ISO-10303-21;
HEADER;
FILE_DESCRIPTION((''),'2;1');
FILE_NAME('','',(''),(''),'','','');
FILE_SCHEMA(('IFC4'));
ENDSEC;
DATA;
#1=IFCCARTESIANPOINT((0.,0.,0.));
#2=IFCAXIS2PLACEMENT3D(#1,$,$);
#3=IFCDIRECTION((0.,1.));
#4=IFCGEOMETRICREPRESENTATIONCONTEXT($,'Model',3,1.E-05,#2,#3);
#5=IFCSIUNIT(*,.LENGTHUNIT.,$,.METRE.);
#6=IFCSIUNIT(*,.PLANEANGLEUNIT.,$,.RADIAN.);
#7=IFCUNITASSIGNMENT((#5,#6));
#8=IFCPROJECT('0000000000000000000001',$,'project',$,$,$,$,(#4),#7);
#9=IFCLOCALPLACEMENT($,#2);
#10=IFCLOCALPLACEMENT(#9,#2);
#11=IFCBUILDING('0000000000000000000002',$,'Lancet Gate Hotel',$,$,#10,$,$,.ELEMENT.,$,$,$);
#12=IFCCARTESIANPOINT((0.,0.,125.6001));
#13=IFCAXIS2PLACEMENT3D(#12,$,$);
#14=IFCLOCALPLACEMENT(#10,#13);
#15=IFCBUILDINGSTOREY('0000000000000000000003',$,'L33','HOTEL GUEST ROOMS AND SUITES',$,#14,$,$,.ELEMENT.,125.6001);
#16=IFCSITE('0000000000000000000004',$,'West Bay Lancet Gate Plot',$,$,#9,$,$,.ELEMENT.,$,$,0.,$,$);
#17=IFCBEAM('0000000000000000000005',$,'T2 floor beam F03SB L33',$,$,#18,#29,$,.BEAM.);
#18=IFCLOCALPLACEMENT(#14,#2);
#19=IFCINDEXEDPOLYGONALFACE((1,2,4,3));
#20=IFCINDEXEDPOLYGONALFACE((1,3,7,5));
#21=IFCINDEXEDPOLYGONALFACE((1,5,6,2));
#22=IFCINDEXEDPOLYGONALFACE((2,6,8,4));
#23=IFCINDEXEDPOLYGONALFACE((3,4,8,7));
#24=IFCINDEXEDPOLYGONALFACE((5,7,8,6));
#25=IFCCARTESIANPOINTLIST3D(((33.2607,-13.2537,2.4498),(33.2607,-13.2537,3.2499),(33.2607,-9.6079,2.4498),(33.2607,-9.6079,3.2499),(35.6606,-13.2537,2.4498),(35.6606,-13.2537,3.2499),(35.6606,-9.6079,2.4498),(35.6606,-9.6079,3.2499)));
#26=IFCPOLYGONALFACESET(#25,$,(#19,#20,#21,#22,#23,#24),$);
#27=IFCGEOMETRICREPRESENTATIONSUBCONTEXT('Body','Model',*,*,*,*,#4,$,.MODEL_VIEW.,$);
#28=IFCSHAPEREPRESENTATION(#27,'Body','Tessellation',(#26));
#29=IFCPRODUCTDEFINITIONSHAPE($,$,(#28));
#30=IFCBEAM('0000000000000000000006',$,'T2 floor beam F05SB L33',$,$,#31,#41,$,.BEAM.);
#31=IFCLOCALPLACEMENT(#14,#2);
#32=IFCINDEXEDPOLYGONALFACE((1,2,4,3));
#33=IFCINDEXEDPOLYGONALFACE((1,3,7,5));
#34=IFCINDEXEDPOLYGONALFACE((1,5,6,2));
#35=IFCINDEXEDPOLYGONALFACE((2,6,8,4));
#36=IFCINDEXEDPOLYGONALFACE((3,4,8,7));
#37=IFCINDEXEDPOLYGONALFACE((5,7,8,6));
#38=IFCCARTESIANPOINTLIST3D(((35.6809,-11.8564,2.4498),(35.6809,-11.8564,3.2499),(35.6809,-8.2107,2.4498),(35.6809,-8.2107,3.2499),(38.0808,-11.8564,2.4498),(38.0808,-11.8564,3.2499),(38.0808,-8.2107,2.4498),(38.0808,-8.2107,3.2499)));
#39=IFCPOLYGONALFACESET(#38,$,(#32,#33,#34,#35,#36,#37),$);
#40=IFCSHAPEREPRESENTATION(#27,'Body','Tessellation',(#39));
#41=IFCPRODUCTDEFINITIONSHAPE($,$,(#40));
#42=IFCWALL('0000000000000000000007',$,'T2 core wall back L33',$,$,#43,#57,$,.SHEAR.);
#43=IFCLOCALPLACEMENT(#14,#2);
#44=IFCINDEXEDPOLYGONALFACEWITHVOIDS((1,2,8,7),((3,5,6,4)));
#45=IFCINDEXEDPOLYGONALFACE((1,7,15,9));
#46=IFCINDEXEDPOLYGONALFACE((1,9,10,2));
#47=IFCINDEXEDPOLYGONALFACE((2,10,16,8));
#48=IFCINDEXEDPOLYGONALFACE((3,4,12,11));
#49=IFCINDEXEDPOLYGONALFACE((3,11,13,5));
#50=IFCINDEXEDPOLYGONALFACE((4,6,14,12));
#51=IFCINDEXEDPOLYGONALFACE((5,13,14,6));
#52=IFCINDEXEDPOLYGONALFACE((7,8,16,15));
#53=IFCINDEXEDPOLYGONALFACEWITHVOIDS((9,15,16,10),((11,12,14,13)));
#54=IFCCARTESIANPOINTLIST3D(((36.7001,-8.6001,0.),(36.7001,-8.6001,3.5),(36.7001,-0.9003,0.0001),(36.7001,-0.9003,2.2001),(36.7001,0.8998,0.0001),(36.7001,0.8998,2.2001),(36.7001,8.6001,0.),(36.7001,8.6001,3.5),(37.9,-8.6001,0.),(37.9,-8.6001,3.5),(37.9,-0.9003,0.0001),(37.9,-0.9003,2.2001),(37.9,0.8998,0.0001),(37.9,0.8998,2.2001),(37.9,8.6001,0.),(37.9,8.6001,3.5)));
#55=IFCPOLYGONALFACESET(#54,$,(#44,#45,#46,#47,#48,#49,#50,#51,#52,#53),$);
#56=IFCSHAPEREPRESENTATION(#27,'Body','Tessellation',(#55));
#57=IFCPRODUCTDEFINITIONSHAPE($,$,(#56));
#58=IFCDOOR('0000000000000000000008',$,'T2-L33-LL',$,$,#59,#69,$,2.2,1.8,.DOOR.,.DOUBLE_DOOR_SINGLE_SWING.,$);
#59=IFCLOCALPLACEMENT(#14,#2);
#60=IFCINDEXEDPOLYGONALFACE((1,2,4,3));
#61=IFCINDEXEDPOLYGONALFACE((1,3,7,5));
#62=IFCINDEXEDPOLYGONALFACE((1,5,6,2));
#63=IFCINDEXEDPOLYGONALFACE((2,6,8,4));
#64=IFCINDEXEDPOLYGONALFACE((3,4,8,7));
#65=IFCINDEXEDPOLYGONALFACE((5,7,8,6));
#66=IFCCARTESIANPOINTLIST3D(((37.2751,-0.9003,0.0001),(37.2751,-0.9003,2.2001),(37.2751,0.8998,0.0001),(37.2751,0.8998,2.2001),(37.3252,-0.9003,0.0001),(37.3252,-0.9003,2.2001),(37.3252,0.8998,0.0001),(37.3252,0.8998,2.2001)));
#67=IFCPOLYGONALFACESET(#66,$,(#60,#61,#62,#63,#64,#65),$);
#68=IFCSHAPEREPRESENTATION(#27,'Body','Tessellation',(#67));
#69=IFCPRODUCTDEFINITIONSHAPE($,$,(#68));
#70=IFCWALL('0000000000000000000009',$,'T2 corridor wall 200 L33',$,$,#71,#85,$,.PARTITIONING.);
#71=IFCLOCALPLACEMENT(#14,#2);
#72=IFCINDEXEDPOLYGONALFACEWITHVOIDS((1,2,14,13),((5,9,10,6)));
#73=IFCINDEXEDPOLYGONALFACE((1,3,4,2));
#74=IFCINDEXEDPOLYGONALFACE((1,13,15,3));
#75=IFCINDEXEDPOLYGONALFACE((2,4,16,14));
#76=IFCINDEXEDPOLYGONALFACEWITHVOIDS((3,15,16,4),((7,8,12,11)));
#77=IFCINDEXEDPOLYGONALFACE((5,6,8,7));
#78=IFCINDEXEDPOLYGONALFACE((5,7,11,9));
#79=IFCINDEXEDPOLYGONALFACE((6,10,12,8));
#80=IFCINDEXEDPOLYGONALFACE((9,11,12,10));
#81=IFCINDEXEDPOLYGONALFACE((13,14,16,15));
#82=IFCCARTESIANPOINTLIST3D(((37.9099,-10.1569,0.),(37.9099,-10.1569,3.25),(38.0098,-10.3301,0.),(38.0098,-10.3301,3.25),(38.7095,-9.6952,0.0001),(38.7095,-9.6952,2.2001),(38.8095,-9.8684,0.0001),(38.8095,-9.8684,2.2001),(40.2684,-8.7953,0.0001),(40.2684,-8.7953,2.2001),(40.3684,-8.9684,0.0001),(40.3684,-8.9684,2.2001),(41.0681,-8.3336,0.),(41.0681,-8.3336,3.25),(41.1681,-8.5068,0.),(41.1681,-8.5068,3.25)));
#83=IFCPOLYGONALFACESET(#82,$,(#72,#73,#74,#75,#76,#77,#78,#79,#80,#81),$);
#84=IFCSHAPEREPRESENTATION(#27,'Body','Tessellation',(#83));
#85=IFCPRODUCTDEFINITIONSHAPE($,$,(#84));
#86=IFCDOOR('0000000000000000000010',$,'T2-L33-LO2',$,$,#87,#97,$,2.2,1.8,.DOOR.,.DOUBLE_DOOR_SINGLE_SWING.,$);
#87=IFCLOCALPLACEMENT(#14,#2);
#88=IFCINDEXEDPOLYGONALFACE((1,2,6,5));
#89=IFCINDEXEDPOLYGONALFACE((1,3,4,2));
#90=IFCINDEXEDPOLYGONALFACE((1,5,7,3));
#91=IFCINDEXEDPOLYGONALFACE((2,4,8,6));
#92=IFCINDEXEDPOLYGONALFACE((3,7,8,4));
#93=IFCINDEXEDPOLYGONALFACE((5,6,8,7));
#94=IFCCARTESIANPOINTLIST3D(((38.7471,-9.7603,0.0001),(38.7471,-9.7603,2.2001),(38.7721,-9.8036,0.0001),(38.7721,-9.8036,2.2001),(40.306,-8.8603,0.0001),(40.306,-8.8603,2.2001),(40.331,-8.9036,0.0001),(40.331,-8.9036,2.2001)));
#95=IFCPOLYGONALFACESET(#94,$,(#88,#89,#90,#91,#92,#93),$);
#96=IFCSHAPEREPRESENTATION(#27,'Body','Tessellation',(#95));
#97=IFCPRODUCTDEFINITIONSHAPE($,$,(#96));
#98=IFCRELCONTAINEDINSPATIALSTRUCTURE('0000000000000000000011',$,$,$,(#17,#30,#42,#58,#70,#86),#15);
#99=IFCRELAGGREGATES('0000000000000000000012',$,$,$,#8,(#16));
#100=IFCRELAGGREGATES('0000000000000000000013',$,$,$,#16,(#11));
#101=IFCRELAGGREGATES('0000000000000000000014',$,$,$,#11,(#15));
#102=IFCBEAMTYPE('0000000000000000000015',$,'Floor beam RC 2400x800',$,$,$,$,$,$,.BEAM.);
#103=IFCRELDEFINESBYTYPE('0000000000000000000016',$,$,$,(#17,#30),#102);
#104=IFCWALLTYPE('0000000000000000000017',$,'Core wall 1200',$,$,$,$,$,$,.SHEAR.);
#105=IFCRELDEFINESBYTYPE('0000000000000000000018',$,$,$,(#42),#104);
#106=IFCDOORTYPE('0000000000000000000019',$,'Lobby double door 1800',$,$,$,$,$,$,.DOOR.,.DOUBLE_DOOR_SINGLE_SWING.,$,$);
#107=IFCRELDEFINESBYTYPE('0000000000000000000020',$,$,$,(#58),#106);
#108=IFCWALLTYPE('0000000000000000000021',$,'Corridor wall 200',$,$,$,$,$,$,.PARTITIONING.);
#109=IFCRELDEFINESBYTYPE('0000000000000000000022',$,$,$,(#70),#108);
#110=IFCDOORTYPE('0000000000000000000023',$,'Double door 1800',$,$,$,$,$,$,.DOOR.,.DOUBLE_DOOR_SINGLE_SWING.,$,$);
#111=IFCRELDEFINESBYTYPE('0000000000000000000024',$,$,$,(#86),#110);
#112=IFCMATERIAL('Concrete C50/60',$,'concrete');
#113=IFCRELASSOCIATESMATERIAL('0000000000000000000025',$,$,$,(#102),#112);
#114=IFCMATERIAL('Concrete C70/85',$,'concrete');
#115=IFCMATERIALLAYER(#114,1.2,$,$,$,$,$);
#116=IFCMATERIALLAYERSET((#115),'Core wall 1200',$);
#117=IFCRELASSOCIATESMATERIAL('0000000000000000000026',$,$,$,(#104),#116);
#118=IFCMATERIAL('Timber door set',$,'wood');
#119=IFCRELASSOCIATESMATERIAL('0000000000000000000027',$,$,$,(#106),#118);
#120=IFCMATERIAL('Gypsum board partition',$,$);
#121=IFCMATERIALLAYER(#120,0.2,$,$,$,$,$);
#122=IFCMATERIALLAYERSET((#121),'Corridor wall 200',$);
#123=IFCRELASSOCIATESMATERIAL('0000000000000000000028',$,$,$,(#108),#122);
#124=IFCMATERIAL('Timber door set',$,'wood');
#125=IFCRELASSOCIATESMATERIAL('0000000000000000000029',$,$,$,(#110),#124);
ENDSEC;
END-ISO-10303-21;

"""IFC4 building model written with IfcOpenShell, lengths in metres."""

from ifc_helpers import new_model, si_unit, direction, frame, frame_2d, origin, origin_2d, place, context, subcontext, project, spatial, rectangle, extrude, material, layer, layer_set, material_profile, profile_set, type_object, element, fill, save


model = new_model("IFC4")

# Units and contexts
model_context = context("Model", 3, precision=1e-05, world=origin(), true_north=direction((0.0, 1.0)))
body_context = subcontext(model_context, "Body", "Model", "MODEL_VIEW")
ifc_project = project(units=[si_unit("LENGTHUNIT", "METRE"), si_unit("PLANEANGLEUNIT", "RADIAN")], contexts=[model_context])

# Site, building, storey
site_placement = place(None, origin())
site = spatial("IfcSite", under=ifc_project, at=site_placement, Name="West Bay Lancet Gate Plot", CompositionType="ELEMENT", RefElevation=0.0)
building_placement = place(site_placement, origin())
building = spatial("IfcBuilding", under=site, at=building_placement, Name="Lancet Gate Hotel", CompositionType="ELEMENT")
storey_placement = place(building_placement, frame((0.0, 0.0, 125.6001)))
storey = spatial("IfcBuildingStorey", under=building, at=storey_placement, Name="L33", Description="HOTEL GUEST ROOMS AND SUITES", CompositionType="ELEMENT", Elevation=125.6001)

# Beams
ifc_material_1 = material(Name="Concrete C50/60", Category="concrete")
ifc_material_profile = material_profile(ifc_material_1, rectangle(XDim=2.3999, YDim=0.8, at=origin_2d()), Name="RC 2400x800")
ifc_profile_set = profile_set([ifc_material_profile], Name="Concrete C50/60")
beam_type = type_object("IfcBeamType", Name="Floor beam RC 2400x800", PredefinedType="BEAM", material=ifc_profile_set)
for number, where, z_axis, x_axis, name in (
    (1, (34.4607, -13.2537, 2.8499), (0.0, 1.0, 0.0), (-1.0, 0.0, 0.0), "T2 floor beam F03SB L33"),
    (2, (36.8809, -11.8564, 2.8499), (0.0, 1.0, 0.0), (-1.0, 0.0, 0.0), "T2 floor beam F05SB L33"),
):
    element("IfcBeam", number, at=place(storey_placement, frame(where, z_axis=z_axis, x_axis=x_axis)), inside=storey, type_object=beam_type, Name=name, PredefinedType="BEAM", context=body_context, shape_type="SweptSolid", body=[
        extrude(rectangle(XDim=2.3999, YDim=0.8, at=origin_2d()), origin(), (0.0, 0.0, 1.0), 3.6458),
    ])

# Walls, openings, doors
ifc_material_2 = material(Name="Concrete C70/85", Category="concrete")
ifc_layer_1 = layer(ifc_material_2, 1.2)
ifc_layer_set_1 = layer_set([ifc_layer_1], Name="Core wall 1200")
wall_type_1 = type_object("IfcWallType", Name="Core wall 1200", PredefinedType="SHEAR", material=ifc_layer_set_1)
wall_1_placement = place(storey_placement, frame((37.3, -8.6001, 0.0), z_axis=(0.0, 0.0, 1.0), x_axis=(0.0, 1.0, 0.0)))
wall_1 = element("IfcWall", 3, at=wall_1_placement, inside=storey, type_object=wall_type_1, Name="T2 core wall back L33", PredefinedType="SHEAR", context=body_context, shape_type="SweptSolid", body=[
    extrude(rectangle(XDim=17.2002, YDim=1.2, at=frame_2d((8.6001, 0.0))), origin(), (0.0, 0.0, 1.0), 3.5),
])
opening_1_placement = place(wall_1_placement, frame((7.7, 0.0, 0.0)))
opening_1 = element("IfcOpeningElement", 4, at=opening_1_placement, cuts=wall_1, PredefinedType="OPENING", context=body_context, shape_type="SweptSolid", body=[
    extrude(rectangle(XDim=1.8, YDim=2.2, at=frame_2d((0.8999, 1.1001))), frame((0.0, 0.6099, 0.0), z_axis=(0.0, -1.0, 0.0), x_axis=(1.0, 0.0, 0.0)), (0.0, 0.0, 1.0), 1.22),
])
ifc_material_3 = material(Name="Timber door set", Category="wood")
door_type_1 = type_object("IfcDoorType", Name="Lobby double door 1800", OperationType="DOUBLE_DOOR_SINGLE_SWING", PredefinedType="DOOR", material=ifc_material_3)
door_1_placement = place(opening_1_placement, origin())
door_1 = element("IfcDoor", 5, at=door_1_placement, inside=storey, type_object=door_type_1, Name="T2-L33-LL", OperationType="DOUBLE_DOOR_SINGLE_SWING", OverallHeight=2.2, OverallWidth=1.8, PredefinedType="DOOR", context=body_context, shape_type="SweptSolid", body=[
    extrude(rectangle(XDim=1.8, YDim=2.2, at=frame_2d((0.8999, 1.1001))), frame((0.0, 0.0249, 0.0), z_axis=(0.0, -1.0, 0.0), x_axis=(1.0, 0.0, 0.0)), (0.0, 0.0, 1.0), 0.05),
])
fill(opening_1, door_1)
ifc_material_4 = material(Name="Gypsum board partition")
ifc_layer_2 = layer(ifc_material_4, 0.2)
ifc_layer_set_2 = layer_set([ifc_layer_2], Name="Corridor wall 200")
wall_type_2 = type_object("IfcWallType", Name="Corridor wall 200", PredefinedType="PARTITIONING", material=ifc_layer_set_2)
wall_2_placement = place(storey_placement, frame((37.96, -10.2434, 0.0), z_axis=(0.0, 0.0, 1.0), x_axis=(0.866043, 0.49997, 0.0)))
wall_2 = element("IfcWall", 6, at=wall_2_placement, inside=storey, type_object=wall_type_2, Name="T2 corridor wall 200 L33", PredefinedType="PARTITIONING", context=body_context, shape_type="SweptSolid", body=[
    extrude(rectangle(XDim=3.6467, YDim=0.2, at=frame_2d((1.8232, 0.0))), origin(), (0.0, 0.0, 1.0), 3.25),
])
opening_2_placement = place(wall_2_placement, frame((0.9233, 0.0, 0.0)))
opening_2 = element("IfcOpeningElement", 7, at=opening_2_placement, cuts=wall_2, PredefinedType="OPENING", context=body_context, shape_type="SweptSolid", body=[
    extrude(rectangle(XDim=1.8, YDim=2.2, at=frame_2d((0.8999, 1.1001))), frame((0.0, 0.1099, 0.0), z_axis=(0.0, -1.0, 0.0), x_axis=(1.0, 0.0, 0.0)), (0.0, 0.0, 1.0), 0.22),
])
ifc_material_5 = material(Name="Timber door set", Category="wood")
door_type_2 = type_object("IfcDoorType", Name="Double door 1800", OperationType="DOUBLE_DOOR_SINGLE_SWING", PredefinedType="DOOR", material=ifc_material_5)
door_2_placement = place(opening_2_placement, origin())
door_2 = element("IfcDoor", 8, at=door_2_placement, inside=storey, type_object=door_type_2, Name="T2-L33-LO2", OperationType="DOUBLE_DOOR_SINGLE_SWING", OverallHeight=2.2, OverallWidth=1.8, PredefinedType="DOOR", context=body_context, shape_type="SweptSolid", body=[
    extrude(rectangle(XDim=1.8, YDim=2.2, at=frame_2d((0.8999, 1.1001))), frame((0.0, 0.0249, 0.0), z_axis=(0.0, -1.0, 0.0), x_axis=(1.0, 0.0, 0.0)), (0.0, 0.0, 1.0), 0.05),
])
fill(opening_2, door_2)

save(model, "model.ifc")
